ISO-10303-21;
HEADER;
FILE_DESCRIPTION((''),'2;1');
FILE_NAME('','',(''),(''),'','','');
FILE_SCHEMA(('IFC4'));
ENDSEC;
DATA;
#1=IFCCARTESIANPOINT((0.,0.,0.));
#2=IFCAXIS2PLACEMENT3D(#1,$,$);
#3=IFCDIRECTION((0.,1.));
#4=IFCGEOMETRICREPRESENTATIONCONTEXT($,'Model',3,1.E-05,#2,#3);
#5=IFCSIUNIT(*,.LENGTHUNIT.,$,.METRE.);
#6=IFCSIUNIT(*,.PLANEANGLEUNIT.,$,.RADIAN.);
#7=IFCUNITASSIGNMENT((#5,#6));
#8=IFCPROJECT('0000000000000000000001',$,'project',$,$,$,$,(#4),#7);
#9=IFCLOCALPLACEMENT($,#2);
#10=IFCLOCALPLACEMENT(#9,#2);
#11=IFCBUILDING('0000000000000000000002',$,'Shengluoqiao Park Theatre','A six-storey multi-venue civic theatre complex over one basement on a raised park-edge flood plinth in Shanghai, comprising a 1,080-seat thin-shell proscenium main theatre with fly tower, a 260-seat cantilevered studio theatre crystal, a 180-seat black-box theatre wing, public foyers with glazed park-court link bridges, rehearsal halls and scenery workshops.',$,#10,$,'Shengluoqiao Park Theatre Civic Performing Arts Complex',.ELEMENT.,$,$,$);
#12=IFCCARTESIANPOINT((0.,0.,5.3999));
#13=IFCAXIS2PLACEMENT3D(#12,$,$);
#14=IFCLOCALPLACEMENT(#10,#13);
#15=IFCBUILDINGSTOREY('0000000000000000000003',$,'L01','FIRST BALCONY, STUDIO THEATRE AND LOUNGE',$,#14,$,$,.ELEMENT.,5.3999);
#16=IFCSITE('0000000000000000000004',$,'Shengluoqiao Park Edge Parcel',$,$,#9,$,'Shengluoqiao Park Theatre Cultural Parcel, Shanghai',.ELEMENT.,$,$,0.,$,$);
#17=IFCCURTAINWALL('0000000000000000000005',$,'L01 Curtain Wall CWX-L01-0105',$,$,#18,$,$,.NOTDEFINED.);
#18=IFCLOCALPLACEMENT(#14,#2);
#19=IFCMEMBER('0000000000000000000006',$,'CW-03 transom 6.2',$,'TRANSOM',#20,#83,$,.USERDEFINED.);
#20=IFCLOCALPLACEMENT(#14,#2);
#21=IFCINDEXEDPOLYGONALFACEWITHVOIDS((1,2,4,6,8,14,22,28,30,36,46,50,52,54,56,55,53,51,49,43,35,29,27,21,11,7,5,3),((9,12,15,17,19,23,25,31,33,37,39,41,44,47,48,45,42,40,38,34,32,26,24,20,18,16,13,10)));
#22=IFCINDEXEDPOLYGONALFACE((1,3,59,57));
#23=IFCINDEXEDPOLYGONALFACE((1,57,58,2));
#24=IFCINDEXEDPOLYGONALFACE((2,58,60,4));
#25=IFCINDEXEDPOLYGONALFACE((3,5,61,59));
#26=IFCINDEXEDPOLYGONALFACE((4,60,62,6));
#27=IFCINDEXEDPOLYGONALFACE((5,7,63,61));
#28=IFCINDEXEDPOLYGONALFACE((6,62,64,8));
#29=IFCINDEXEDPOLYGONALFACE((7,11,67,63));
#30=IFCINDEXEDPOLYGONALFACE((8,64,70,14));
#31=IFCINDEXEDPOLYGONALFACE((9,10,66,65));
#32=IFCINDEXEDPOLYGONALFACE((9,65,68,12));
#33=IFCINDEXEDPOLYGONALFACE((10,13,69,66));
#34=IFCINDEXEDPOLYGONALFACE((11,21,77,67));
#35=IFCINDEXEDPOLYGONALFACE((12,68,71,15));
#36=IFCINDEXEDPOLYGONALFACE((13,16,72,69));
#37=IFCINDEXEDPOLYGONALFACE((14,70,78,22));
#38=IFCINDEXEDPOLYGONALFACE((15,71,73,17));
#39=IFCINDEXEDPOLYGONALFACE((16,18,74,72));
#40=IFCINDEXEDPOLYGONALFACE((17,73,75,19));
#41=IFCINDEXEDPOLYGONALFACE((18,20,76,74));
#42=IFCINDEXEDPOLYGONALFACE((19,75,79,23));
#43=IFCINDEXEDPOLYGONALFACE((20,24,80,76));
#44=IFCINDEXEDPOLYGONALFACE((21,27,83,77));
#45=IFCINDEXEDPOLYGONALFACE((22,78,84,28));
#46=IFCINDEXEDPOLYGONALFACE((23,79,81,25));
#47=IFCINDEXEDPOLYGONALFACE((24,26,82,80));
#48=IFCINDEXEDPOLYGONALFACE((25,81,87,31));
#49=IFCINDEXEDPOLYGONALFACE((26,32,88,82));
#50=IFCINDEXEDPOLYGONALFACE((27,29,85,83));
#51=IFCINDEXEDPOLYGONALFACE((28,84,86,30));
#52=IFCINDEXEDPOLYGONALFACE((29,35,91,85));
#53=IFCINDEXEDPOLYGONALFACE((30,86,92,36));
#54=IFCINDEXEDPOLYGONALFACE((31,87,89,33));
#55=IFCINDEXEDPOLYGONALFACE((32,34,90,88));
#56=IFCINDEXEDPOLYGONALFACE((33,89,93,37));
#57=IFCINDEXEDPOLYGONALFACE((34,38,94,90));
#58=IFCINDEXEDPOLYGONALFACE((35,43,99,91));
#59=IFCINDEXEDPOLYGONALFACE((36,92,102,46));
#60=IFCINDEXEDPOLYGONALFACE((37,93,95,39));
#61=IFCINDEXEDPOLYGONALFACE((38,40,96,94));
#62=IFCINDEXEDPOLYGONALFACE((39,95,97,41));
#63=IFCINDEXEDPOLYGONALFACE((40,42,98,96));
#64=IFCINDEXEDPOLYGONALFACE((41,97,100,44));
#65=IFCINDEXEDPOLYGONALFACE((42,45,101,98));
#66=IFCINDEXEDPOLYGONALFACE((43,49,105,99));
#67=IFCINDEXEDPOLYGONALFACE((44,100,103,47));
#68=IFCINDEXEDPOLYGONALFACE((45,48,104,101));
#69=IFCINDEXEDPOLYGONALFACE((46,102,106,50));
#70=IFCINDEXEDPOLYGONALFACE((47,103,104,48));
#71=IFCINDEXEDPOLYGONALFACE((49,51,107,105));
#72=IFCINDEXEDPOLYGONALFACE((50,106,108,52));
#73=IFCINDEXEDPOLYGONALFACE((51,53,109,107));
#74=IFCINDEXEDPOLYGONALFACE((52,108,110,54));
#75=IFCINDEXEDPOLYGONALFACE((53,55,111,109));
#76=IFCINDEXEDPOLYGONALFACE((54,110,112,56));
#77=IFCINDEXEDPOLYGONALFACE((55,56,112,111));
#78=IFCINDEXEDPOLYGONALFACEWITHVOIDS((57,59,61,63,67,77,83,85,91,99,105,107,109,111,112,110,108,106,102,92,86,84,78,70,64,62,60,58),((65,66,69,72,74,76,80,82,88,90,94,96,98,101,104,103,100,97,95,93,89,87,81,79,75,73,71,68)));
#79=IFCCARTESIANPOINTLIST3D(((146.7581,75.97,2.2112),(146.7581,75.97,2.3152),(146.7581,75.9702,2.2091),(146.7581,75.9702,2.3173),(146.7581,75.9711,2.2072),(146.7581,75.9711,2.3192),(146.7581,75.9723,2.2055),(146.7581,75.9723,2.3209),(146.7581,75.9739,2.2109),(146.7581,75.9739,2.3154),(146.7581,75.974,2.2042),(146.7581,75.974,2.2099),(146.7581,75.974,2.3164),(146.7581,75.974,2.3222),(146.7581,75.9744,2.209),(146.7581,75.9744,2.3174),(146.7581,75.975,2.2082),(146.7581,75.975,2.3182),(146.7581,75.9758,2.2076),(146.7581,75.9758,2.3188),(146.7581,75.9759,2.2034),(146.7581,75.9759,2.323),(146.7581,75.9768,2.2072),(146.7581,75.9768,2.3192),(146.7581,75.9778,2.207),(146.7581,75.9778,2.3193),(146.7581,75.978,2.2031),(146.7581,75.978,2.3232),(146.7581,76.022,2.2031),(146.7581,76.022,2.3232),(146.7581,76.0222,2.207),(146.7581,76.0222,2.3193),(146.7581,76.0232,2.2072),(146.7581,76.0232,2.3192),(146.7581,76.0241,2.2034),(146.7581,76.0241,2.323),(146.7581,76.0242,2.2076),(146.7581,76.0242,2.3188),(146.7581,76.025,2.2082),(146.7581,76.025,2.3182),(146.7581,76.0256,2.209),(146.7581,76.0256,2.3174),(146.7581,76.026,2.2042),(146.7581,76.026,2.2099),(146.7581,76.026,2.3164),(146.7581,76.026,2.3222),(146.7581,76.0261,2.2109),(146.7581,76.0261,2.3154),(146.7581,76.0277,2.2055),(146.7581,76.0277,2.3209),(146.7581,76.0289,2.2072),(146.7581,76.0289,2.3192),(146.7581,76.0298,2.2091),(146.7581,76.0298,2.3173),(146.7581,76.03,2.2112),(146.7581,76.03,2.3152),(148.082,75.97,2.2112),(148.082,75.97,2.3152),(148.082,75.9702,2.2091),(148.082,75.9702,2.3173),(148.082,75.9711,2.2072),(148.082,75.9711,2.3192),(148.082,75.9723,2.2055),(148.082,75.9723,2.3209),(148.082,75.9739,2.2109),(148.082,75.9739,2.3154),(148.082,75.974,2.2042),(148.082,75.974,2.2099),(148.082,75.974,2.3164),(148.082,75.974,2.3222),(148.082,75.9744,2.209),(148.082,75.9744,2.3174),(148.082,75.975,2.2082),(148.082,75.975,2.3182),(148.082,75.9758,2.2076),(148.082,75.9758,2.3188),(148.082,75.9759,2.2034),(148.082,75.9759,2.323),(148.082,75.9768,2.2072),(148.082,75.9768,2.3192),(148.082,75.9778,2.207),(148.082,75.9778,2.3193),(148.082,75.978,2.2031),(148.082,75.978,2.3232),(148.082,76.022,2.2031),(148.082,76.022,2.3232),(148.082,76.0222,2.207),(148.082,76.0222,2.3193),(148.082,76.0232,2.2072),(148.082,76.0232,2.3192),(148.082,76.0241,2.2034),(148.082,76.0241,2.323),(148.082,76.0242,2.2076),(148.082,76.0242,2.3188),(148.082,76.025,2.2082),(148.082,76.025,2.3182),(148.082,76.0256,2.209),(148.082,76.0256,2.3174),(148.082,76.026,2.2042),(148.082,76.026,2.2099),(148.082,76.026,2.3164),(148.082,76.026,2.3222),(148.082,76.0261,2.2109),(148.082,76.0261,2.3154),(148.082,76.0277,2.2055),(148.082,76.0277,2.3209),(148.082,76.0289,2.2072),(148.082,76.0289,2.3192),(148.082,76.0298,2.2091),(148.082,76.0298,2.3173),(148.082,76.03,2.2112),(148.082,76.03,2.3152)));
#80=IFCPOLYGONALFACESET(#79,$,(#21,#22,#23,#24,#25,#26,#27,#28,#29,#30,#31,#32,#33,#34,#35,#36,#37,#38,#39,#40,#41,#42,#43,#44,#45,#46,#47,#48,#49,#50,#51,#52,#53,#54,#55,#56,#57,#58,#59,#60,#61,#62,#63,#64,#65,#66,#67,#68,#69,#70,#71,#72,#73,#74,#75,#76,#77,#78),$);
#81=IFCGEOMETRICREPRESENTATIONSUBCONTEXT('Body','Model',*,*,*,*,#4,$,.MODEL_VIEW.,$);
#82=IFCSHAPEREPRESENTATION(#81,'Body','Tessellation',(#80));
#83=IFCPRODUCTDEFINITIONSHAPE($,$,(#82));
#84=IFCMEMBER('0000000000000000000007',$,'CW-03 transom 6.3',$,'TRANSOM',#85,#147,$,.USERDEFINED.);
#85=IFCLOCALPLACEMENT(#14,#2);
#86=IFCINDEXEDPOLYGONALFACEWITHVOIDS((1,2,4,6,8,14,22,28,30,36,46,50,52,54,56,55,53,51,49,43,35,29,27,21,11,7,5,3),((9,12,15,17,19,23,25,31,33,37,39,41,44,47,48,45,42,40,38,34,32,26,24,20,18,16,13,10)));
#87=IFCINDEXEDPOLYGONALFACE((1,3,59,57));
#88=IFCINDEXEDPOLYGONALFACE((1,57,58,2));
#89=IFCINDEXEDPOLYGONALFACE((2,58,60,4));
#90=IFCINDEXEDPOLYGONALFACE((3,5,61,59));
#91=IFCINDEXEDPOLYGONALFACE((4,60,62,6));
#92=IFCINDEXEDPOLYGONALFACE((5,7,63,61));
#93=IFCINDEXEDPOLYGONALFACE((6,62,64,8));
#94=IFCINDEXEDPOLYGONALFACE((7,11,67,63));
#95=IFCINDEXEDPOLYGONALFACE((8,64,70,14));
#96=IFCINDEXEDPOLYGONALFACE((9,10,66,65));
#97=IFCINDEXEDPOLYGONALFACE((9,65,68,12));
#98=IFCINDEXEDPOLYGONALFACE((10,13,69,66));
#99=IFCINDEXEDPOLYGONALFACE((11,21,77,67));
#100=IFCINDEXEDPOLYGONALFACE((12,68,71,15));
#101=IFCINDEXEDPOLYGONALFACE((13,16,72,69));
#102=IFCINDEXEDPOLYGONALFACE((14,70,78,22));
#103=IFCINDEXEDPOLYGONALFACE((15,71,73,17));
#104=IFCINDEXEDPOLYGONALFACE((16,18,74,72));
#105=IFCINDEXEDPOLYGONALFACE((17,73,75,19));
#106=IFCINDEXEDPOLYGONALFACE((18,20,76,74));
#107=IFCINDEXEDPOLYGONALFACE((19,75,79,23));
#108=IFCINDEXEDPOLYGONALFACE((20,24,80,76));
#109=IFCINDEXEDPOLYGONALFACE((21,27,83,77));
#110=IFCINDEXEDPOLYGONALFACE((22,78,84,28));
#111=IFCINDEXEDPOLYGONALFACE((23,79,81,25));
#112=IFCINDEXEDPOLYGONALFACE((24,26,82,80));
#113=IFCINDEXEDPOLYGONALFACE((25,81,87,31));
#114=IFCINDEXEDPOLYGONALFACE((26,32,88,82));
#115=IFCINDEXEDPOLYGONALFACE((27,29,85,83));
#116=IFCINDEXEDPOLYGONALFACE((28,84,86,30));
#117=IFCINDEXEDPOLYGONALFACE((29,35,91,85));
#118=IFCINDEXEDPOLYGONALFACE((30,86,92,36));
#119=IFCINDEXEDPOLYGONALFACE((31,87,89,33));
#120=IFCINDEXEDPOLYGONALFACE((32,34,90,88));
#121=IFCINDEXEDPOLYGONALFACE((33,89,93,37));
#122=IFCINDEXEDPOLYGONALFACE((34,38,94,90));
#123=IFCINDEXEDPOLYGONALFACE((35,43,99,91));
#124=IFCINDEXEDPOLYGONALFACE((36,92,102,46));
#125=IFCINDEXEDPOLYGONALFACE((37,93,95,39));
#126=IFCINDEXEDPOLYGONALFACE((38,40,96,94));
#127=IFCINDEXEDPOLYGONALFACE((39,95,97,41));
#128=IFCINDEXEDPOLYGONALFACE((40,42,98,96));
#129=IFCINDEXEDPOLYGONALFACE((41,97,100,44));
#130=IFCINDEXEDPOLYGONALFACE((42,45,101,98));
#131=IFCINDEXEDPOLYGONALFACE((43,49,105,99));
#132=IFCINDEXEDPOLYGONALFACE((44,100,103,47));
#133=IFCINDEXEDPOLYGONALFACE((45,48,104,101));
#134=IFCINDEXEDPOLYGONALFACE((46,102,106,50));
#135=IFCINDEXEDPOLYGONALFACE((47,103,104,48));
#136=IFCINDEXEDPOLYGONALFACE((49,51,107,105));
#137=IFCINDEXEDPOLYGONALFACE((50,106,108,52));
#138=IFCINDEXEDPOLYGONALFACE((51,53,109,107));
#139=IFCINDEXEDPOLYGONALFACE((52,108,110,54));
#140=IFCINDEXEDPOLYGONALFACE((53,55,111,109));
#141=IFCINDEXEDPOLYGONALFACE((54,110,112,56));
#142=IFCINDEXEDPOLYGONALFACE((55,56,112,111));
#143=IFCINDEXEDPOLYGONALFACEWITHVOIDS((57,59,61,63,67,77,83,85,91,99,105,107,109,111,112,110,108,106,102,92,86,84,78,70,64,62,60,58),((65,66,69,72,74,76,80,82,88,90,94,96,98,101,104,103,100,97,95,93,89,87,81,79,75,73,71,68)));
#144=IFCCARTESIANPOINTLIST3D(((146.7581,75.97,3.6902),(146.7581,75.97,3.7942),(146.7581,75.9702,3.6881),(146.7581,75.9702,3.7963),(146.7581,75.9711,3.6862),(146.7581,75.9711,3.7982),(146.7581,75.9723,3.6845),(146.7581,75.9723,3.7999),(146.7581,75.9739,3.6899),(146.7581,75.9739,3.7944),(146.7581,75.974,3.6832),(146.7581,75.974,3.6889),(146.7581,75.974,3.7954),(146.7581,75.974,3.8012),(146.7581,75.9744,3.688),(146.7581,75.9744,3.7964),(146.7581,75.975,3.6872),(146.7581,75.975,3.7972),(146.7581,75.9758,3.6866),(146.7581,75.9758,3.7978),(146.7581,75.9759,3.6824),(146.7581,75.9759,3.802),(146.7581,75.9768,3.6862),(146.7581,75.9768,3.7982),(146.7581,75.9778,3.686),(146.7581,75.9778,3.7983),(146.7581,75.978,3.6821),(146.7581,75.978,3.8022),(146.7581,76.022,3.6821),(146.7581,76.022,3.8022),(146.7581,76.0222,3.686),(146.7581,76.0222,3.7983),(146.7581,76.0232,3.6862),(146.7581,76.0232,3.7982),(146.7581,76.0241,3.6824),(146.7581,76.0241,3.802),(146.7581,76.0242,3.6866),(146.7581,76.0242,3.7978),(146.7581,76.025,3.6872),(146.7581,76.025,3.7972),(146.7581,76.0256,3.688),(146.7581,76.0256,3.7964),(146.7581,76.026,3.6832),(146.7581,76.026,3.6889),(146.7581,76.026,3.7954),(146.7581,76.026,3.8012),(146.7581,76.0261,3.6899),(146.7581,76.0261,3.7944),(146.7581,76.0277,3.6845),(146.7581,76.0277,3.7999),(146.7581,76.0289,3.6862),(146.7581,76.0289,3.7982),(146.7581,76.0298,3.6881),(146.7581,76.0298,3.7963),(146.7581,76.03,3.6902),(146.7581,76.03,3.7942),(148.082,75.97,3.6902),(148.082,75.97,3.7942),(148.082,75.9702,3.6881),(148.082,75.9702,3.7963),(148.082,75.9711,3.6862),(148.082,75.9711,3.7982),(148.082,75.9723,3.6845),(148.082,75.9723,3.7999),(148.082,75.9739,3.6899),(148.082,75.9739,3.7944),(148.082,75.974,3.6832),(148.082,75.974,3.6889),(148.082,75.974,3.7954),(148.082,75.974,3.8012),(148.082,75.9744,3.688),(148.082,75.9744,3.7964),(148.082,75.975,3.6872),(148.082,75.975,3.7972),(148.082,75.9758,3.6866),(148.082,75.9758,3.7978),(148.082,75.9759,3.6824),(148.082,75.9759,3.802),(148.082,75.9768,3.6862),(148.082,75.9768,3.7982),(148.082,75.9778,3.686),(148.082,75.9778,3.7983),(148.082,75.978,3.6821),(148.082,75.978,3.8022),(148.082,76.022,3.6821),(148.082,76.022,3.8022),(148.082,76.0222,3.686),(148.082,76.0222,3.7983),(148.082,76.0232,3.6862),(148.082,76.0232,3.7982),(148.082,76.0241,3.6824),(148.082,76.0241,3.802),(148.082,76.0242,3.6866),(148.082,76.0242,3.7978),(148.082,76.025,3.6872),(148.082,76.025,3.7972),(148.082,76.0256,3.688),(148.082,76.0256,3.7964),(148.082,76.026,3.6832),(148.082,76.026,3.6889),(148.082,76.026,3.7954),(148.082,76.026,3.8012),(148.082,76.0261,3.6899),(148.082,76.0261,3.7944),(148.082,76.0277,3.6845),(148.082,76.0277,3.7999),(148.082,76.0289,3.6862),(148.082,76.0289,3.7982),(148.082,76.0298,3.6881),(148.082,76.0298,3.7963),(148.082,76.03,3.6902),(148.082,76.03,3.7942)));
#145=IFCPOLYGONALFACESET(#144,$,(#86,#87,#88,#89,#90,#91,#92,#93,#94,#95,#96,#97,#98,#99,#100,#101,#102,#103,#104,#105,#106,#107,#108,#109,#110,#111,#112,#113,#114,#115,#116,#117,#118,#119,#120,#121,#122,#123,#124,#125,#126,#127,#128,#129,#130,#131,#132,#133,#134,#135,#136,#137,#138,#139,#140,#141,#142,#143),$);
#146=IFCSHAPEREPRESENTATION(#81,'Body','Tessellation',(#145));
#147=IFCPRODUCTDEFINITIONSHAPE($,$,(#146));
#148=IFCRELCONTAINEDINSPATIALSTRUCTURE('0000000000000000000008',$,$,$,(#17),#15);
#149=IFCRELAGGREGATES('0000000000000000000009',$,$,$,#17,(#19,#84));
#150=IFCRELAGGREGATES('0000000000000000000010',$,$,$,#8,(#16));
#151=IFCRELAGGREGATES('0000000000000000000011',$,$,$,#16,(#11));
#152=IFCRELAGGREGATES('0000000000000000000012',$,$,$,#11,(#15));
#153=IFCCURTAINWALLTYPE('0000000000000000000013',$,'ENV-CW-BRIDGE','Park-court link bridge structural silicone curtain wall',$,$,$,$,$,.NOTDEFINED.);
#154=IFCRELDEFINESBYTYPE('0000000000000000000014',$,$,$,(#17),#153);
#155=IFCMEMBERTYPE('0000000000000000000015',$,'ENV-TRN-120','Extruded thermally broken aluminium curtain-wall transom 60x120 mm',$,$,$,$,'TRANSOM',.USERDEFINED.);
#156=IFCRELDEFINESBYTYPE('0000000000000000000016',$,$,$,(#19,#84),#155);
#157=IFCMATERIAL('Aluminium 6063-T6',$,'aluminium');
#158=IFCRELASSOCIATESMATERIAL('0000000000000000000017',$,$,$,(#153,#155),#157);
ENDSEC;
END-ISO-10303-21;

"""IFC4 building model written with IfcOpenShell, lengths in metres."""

from ifc_helpers import new_model, si_unit, direction, frame, origin, origin_2d, place, context, subcontext, project, spatial, hollow_rectangle, extrude, material, material_profile, profile_set, type_object, element, aggregate, save


model = new_model("IFC4")

# Units and contexts
model_context = context("Model", 3, precision=1e-05, world=origin(), true_north=direction((0.0, 1.0)))
body_context = subcontext(model_context, "Body", "Model", "MODEL_VIEW")
ifc_project = project(units=[si_unit("LENGTHUNIT", "METRE"), si_unit("PLANEANGLEUNIT", "RADIAN")], contexts=[model_context])

# Site, building, storey
site_placement = place(None, origin())
site = spatial("IfcSite", under=ifc_project, at=site_placement, Name="Shengluoqiao Park Edge Parcel", LongName="Shengluoqiao Park Theatre Cultural Parcel, Shanghai", CompositionType="ELEMENT", RefElevation=0.0)
building_placement = place(site_placement, origin())
building = spatial("IfcBuilding", under=site, at=building_placement, Name="Shengluoqiao Park Theatre", Description="A six-storey multi-venue civic theatre complex over one basement on a raised park-edge flood plinth in Shanghai, comprising a 1,080-seat thin-shell proscenium main theatre with fly tower, a 260-seat cantilevered studio theatre crystal, a 180-seat black-box theatre wing, public foyers with glazed park-court link bridges, rehearsal halls and scenery workshops.", LongName="Shengluoqiao Park Theatre Civic Performing Arts Complex", CompositionType="ELEMENT")
storey_placement = place(building_placement, frame((0.0, 0.0, 5.3999)))
storey = spatial("IfcBuildingStorey", under=building, at=storey_placement, Name="L01", Description="FIRST BALCONY, STUDIO THEATRE AND LOUNGE", CompositionType="ELEMENT", Elevation=5.3999)

# Curtain wall
ifc_material_1 = material(Name="Aluminium 6063-T6", Category="aluminium")
curtain_wall_type = type_object("IfcCurtainWallType", Name="ENV-CW-BRIDGE", Description="Park-court link bridge structural silicone curtain wall", PredefinedType="NOTDEFINED", material=ifc_material_1)
curtain_wall_1_placement = place(storey_placement, origin())
curtain_wall_1 = element("IfcCurtainWall", 1, at=curtain_wall_1_placement, inside=storey, type_object=curtain_wall_type, Name="L01 Curtain Wall CWX-L01-0105", PredefinedType="NOTDEFINED")

# Members
ifc_material_profile_1 = material_profile(ifc_material_1, hollow_rectangle(XDim=0.0601, YDim=0.1201, WallThickness=0.0039, InnerFilletRadius=0.0039, OuterFilletRadius=0.0081, at=origin_2d()), Name="ALU TRANSOM 120x60x4")
ifc_profile_set_1 = profile_set([ifc_material_profile_1], Name="Aluminium 6063-T6")
member_type_1 = type_object("IfcMemberType", Name="ENV-TRN-120", Description="Extruded thermally broken aluminium curtain-wall transom 60x120 mm", ElementType="TRANSOM", PredefinedType="USERDEFINED", material=ifc_profile_set_1)
member_1_placement = place(storey_placement, frame((146.7581, 76.0, 2.2632), z_axis=(1.0, 0.0, 0.0), x_axis=(0.0, 1.0, 0.0)))
member_1 = element("IfcMember", 2, at=member_1_placement, type_object=member_type_1, Name="CW-03 transom 6.2", ObjectType="TRANSOM", PredefinedType="USERDEFINED", context=body_context, shape_type="SweptSolid", body=[
    extrude(hollow_rectangle(XDim=0.0601, YDim=0.1201, WallThickness=0.0039, InnerFilletRadius=0.0039, OuterFilletRadius=0.0081, at=origin_2d()), origin(), (0.0, 0.0, 1.0), 1.324),
])
member_2_placement = place(storey_placement, frame((146.7581, 76.0, 3.7422), z_axis=(1.0, 0.0, 0.0), x_axis=(0.0, 1.0, 0.0)))
member_2 = element("IfcMember", 3, at=member_2_placement, type_object=member_type_1, Name="CW-03 transom 6.3", ObjectType="TRANSOM", PredefinedType="USERDEFINED", context=body_context, shape_type="SweptSolid", body=[
    extrude(hollow_rectangle(XDim=0.0601, YDim=0.1201, WallThickness=0.0039, InnerFilletRadius=0.0039, OuterFilletRadius=0.0081, at=origin_2d()), origin(), (0.0, 0.0, 1.0), 1.324),
])

aggregate(curtain_wall_1, [member_1, member_2])

save(model, "model.ifc")
